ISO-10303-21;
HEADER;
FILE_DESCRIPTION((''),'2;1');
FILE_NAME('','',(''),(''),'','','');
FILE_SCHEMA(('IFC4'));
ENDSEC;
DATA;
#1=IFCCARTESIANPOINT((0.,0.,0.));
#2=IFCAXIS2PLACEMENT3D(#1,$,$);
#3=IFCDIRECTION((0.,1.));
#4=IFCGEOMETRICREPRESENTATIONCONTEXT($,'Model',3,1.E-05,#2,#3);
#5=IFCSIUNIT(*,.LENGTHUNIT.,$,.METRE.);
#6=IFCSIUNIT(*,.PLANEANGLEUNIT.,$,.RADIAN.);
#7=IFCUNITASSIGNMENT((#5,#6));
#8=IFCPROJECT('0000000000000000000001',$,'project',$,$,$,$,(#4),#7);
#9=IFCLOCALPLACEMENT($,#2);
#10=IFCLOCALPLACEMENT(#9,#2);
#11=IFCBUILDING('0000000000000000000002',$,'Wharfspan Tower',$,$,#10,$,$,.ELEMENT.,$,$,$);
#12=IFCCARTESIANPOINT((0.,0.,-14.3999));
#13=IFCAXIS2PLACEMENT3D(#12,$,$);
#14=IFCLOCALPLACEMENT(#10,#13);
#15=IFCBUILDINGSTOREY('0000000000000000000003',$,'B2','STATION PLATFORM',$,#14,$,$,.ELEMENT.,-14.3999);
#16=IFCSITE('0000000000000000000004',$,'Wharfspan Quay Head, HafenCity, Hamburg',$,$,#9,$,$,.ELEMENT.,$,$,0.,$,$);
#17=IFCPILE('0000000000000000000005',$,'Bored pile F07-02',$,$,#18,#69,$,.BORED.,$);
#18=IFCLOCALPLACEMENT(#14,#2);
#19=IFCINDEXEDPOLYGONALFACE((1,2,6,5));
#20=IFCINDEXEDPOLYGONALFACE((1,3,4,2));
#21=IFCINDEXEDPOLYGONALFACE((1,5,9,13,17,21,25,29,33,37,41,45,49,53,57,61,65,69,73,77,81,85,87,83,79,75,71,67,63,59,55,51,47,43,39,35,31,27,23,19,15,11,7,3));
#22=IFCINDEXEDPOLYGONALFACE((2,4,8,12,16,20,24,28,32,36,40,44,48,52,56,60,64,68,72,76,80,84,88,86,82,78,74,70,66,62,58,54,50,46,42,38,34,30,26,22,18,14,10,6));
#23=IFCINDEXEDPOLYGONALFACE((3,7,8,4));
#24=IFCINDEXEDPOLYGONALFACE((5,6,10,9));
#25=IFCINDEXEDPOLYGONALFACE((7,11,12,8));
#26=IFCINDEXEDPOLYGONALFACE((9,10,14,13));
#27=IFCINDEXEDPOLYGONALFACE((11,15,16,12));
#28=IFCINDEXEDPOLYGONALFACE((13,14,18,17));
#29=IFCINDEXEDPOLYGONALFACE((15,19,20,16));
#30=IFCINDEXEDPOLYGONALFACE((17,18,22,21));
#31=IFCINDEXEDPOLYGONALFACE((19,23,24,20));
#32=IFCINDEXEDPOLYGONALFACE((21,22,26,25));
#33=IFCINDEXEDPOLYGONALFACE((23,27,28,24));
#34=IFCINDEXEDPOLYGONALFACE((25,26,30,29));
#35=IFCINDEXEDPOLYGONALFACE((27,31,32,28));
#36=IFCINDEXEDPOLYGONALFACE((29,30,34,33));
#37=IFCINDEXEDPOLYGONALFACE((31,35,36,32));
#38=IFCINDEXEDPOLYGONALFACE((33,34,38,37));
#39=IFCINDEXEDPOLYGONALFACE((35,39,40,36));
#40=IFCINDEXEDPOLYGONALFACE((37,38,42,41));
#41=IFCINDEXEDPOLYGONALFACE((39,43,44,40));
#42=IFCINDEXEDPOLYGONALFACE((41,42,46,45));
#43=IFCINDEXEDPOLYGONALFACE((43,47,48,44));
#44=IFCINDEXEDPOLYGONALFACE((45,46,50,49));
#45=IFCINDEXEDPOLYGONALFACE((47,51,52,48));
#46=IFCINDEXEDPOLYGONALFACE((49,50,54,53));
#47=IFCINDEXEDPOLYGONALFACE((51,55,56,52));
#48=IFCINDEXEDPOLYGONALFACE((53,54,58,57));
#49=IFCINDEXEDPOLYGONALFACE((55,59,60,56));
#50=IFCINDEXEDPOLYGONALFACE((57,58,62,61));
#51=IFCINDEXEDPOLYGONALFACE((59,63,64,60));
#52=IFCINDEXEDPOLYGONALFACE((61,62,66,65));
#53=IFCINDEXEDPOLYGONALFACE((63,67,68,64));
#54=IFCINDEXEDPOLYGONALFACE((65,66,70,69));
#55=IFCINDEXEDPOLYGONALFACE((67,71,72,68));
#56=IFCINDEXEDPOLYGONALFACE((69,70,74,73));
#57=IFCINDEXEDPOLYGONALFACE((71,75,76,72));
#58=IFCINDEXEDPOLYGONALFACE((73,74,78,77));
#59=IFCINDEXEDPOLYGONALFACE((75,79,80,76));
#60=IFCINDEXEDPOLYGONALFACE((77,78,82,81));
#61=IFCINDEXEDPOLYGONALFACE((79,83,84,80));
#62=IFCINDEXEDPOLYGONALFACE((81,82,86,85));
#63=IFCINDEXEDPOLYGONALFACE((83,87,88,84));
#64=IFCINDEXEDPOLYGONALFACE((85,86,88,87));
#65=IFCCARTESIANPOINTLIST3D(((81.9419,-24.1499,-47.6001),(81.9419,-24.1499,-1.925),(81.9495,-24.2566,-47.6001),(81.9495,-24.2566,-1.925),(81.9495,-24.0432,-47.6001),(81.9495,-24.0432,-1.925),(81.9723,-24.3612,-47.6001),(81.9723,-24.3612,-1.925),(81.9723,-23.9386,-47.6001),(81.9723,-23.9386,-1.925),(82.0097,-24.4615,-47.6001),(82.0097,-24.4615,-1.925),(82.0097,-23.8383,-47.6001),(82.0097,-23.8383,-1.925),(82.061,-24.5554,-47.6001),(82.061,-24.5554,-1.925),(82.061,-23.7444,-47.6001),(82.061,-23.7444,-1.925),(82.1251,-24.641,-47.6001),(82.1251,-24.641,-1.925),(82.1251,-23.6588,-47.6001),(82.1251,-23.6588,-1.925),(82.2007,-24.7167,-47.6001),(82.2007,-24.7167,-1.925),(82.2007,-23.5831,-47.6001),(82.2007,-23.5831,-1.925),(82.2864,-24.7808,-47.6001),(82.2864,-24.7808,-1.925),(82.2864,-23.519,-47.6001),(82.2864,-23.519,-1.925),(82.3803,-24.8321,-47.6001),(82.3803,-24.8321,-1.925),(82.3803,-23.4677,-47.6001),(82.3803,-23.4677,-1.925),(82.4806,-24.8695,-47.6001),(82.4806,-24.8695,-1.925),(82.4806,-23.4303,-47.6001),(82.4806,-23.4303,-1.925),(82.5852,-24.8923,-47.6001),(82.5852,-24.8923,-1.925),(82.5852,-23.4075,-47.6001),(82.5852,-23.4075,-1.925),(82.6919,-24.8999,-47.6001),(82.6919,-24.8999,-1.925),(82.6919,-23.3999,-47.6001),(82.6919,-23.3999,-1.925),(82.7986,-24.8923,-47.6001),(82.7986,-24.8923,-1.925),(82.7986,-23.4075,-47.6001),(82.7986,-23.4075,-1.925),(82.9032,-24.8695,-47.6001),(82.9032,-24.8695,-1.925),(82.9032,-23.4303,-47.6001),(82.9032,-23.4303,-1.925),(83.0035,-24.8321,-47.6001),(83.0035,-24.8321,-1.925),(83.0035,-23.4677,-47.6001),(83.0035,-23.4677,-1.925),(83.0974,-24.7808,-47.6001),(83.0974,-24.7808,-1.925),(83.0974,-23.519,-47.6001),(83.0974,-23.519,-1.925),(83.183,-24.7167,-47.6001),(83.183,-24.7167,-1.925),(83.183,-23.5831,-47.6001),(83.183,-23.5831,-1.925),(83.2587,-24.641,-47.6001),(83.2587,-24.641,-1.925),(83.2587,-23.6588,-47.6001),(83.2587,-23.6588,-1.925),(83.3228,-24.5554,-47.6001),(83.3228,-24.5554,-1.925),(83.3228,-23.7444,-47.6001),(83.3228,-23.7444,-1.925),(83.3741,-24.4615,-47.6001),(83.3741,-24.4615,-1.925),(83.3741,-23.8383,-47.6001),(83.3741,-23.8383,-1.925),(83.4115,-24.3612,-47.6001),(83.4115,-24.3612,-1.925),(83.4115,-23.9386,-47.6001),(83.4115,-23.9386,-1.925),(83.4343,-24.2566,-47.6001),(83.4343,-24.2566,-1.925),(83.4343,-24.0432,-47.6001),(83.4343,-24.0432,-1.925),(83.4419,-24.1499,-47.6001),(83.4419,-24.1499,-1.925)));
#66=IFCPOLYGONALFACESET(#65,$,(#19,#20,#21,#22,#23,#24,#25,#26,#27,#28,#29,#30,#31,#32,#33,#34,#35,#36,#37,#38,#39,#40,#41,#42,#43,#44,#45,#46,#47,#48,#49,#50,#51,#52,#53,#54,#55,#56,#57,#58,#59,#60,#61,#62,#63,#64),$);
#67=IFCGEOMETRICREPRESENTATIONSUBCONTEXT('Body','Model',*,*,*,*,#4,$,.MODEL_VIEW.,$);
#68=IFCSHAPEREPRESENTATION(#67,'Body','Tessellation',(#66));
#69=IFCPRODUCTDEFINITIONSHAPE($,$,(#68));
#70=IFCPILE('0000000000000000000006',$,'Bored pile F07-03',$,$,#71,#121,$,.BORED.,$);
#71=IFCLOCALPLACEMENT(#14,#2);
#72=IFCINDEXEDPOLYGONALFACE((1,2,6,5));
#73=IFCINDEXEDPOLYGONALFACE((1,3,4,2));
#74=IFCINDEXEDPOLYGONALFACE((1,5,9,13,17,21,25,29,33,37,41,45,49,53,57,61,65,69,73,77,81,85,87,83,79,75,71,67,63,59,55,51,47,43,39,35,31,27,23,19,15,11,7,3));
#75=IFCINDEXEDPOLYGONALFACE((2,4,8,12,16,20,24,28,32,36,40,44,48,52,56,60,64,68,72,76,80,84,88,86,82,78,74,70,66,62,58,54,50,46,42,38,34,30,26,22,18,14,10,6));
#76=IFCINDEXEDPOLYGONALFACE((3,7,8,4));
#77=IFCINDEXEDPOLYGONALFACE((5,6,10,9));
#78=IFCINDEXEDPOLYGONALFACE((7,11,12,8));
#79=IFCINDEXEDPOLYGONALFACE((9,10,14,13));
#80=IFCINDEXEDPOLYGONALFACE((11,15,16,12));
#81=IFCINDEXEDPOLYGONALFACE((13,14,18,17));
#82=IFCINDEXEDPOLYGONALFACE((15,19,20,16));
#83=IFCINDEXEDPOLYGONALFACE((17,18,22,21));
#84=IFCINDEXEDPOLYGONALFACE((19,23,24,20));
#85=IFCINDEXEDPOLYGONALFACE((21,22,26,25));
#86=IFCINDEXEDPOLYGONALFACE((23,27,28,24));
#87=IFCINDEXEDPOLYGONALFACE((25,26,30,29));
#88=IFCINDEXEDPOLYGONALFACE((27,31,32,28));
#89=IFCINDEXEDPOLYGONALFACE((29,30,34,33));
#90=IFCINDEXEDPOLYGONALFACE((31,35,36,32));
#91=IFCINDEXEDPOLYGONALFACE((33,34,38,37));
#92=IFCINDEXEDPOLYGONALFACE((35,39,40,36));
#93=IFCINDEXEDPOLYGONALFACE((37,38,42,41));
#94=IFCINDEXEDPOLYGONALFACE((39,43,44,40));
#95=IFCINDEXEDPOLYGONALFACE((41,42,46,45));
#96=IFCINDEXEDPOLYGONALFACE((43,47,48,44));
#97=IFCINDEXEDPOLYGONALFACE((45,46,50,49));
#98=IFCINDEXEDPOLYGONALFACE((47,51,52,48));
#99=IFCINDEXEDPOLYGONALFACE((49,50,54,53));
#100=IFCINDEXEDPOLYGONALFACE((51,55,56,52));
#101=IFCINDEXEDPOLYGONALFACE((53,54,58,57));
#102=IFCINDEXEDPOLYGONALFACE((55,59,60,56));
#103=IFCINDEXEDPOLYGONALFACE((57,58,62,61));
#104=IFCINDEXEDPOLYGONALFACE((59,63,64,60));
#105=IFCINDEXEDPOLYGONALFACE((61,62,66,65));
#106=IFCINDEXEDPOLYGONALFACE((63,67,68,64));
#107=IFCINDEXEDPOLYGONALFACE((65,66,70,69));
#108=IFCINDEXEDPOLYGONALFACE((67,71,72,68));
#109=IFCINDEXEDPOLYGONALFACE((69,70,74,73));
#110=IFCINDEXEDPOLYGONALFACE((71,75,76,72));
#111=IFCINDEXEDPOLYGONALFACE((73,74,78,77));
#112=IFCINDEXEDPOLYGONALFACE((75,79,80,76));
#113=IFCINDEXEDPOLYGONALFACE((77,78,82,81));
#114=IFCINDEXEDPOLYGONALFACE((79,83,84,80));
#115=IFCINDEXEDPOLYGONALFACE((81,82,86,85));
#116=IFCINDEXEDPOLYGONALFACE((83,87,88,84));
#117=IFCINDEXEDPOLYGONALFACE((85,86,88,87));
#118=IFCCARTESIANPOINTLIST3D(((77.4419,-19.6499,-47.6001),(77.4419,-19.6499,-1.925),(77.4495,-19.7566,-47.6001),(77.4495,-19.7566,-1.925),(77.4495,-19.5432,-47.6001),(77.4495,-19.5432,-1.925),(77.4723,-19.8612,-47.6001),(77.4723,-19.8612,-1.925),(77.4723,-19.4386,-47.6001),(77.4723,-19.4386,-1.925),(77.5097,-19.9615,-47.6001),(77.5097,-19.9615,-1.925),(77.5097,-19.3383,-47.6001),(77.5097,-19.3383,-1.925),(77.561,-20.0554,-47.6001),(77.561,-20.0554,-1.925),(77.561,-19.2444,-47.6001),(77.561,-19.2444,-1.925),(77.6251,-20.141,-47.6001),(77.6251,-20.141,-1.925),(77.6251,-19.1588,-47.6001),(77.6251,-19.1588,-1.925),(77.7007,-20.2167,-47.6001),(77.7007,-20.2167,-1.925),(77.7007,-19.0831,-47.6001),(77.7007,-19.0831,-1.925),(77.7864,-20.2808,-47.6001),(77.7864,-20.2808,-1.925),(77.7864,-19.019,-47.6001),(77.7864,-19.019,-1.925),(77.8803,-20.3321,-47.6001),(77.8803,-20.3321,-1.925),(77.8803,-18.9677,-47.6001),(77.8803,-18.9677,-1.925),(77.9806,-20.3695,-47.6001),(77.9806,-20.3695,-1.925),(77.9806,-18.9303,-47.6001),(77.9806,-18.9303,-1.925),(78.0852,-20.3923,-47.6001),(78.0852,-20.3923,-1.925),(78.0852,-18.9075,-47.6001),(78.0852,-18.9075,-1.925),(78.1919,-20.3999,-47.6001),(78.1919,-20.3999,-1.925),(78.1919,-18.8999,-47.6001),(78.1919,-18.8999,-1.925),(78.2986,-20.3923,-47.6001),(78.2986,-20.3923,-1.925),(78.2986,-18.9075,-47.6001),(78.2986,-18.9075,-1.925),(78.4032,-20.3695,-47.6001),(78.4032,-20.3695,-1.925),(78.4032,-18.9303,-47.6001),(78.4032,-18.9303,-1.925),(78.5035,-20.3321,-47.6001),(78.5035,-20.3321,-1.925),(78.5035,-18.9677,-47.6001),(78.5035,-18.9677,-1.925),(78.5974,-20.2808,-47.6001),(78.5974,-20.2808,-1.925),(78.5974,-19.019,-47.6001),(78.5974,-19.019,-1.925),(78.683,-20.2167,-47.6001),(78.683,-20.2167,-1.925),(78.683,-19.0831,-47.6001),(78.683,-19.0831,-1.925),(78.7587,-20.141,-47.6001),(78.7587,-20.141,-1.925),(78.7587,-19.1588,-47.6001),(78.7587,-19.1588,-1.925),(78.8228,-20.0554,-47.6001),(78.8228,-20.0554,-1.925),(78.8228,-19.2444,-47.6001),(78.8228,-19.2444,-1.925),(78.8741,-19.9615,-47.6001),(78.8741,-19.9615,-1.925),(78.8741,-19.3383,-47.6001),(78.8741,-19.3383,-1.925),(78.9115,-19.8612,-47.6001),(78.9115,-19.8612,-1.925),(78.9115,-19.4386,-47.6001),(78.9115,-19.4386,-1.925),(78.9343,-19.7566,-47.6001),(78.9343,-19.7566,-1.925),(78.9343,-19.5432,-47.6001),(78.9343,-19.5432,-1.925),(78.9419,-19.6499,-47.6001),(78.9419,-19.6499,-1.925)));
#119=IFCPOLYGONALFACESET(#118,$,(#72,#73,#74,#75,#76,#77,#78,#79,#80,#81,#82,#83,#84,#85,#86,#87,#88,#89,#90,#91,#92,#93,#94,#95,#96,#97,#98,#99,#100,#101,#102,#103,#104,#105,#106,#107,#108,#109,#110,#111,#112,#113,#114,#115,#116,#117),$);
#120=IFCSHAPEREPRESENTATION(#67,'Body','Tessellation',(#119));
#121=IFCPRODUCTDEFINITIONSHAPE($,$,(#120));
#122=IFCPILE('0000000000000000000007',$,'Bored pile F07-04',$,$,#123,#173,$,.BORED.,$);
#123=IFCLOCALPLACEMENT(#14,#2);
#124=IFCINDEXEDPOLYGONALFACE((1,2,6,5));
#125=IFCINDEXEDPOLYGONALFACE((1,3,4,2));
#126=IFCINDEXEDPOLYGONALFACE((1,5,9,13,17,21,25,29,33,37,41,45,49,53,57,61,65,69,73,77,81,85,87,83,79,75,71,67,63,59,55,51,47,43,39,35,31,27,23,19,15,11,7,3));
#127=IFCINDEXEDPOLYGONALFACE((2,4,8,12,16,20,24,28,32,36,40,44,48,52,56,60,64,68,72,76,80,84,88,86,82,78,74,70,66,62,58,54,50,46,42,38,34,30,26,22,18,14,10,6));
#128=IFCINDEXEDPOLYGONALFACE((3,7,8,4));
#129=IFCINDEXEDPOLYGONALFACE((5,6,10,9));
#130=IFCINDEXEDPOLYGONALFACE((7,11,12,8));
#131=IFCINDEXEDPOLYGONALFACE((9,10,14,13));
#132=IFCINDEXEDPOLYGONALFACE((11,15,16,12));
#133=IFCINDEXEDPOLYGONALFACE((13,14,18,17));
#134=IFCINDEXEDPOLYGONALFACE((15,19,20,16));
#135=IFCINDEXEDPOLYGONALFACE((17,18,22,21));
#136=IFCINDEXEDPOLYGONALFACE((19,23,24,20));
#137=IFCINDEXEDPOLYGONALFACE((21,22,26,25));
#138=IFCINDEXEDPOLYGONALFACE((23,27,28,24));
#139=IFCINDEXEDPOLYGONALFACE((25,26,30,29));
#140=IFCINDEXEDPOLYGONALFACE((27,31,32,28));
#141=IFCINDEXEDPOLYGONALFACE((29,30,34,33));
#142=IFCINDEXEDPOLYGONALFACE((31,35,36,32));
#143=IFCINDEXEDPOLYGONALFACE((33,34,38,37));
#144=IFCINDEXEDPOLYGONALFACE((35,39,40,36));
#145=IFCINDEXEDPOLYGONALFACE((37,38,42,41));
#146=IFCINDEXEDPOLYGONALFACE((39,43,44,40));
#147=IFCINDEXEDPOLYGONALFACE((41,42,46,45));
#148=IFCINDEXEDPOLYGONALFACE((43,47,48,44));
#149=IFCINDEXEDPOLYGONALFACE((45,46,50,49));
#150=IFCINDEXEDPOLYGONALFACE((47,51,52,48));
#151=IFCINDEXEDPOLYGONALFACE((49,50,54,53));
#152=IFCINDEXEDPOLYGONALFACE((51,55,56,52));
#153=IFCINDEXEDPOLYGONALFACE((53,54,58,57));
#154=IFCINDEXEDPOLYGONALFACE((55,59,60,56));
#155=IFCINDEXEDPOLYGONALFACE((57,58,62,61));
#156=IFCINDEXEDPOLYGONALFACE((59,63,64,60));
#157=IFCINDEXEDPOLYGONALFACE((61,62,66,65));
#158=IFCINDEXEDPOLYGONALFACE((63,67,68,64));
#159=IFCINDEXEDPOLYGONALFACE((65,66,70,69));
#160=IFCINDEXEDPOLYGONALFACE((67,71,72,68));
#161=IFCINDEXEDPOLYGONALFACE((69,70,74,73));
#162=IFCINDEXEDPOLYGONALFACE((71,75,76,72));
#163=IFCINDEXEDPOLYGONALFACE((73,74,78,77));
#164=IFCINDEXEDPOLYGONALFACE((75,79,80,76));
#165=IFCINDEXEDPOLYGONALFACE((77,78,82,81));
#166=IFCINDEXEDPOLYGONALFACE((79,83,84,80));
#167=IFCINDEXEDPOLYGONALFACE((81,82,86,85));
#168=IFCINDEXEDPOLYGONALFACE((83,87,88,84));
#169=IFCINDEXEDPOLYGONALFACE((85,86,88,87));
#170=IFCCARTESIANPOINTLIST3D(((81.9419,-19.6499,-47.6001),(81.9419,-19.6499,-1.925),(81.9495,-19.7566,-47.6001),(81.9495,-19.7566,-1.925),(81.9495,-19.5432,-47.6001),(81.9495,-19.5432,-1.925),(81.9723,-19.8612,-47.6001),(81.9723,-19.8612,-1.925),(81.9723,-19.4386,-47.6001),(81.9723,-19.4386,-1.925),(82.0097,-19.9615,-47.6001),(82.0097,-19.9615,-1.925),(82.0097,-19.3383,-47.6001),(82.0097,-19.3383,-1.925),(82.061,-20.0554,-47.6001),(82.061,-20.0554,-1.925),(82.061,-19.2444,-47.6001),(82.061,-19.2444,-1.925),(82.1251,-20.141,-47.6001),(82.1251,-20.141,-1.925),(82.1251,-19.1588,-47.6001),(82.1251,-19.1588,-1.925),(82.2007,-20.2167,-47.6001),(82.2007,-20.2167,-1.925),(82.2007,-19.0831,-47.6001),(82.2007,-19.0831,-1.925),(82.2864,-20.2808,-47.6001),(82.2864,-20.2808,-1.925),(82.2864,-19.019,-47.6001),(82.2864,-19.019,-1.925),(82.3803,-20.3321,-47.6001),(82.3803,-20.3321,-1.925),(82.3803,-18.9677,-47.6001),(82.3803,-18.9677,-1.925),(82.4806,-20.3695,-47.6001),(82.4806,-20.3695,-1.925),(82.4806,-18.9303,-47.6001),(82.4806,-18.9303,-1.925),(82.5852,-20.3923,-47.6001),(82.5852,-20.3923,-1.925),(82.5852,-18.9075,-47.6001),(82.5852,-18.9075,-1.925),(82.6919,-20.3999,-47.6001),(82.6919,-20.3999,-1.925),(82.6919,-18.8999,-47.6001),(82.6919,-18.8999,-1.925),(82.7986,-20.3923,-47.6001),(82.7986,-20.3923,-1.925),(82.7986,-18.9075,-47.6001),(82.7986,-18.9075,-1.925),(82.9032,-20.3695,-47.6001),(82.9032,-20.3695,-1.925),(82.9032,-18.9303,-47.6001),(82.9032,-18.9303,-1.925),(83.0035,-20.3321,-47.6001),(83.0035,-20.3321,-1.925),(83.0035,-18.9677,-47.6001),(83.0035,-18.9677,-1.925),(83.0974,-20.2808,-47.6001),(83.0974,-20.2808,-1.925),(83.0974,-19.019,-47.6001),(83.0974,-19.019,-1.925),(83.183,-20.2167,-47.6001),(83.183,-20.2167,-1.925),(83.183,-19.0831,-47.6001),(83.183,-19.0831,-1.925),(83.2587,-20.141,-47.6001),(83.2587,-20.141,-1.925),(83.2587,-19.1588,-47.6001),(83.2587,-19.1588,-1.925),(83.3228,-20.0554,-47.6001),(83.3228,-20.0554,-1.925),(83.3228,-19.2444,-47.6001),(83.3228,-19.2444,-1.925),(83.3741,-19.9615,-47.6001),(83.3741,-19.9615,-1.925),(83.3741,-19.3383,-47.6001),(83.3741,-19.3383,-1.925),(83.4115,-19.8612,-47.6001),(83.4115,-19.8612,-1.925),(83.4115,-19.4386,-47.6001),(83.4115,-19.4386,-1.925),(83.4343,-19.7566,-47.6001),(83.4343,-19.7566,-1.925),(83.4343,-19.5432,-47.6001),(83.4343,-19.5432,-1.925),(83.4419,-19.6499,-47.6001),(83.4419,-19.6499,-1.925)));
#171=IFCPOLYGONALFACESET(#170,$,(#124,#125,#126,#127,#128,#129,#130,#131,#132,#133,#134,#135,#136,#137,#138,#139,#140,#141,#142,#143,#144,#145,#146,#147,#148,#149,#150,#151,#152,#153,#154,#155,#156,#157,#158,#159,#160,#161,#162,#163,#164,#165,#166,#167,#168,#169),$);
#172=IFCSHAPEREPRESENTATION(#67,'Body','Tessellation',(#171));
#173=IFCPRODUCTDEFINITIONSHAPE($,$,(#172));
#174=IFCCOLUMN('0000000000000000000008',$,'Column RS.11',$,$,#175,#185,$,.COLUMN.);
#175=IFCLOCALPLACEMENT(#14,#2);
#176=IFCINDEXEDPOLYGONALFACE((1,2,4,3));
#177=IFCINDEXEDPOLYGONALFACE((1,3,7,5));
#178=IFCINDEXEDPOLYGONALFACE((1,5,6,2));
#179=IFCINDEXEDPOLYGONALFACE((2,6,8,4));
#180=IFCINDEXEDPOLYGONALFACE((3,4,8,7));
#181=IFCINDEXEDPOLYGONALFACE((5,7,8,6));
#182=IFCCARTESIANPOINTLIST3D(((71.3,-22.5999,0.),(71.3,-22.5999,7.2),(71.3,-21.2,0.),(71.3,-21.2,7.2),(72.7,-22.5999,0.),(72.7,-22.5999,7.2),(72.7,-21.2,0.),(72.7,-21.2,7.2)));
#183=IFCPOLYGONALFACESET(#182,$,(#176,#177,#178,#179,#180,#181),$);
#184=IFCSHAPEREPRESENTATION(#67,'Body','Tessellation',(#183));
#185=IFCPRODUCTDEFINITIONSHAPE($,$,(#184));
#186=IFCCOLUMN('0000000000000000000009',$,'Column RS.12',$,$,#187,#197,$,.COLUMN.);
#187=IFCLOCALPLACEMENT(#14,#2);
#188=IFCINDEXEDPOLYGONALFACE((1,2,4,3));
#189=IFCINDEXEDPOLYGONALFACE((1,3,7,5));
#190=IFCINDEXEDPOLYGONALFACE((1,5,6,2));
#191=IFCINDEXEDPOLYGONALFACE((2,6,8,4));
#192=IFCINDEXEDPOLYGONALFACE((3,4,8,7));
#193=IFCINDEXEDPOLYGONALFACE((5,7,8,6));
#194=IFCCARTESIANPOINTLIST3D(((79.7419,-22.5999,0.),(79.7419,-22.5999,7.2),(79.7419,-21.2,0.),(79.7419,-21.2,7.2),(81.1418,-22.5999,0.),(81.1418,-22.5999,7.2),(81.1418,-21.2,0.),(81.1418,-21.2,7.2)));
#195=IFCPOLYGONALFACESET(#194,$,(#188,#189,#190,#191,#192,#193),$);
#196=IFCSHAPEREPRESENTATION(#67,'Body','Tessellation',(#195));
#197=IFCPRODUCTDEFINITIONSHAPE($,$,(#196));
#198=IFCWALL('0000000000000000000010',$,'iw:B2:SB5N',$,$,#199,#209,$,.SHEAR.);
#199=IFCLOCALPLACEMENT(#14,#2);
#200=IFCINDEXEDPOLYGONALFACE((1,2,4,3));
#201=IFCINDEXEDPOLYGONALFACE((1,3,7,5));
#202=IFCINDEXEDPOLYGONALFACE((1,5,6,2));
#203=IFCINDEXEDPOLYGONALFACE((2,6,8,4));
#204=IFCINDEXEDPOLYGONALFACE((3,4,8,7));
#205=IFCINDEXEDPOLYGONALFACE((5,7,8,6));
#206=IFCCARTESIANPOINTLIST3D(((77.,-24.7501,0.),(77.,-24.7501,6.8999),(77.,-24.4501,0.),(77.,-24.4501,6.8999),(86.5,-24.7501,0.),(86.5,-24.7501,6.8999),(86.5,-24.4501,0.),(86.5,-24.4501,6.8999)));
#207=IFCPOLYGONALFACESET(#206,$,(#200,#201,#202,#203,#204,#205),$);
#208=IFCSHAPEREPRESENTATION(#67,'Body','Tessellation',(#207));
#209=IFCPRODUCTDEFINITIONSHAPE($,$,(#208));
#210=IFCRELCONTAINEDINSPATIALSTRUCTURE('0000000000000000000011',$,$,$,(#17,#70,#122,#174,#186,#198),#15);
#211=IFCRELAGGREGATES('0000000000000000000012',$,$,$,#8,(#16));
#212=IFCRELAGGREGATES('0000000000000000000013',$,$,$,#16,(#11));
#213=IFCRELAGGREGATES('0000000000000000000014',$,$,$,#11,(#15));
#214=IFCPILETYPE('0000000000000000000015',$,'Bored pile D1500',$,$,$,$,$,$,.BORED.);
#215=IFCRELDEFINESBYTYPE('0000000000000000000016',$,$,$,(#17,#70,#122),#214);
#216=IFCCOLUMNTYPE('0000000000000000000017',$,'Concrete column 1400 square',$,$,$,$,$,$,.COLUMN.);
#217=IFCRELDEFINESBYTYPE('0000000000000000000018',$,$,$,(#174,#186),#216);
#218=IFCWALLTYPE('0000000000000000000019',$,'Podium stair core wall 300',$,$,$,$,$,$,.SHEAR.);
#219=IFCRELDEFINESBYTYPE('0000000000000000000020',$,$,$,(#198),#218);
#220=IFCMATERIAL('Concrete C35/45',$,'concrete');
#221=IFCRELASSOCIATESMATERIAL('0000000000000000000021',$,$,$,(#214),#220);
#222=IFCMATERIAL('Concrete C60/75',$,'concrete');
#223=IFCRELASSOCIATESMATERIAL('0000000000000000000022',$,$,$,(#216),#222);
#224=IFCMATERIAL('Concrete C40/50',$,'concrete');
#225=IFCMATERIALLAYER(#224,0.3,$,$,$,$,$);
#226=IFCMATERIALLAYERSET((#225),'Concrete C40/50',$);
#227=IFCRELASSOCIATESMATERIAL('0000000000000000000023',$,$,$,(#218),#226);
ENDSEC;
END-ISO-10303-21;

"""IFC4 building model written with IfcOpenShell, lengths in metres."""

from ifc_helpers import new_model, si_unit, direction, frame, frame_2d, origin, origin_2d, place, context, subcontext, project, spatial, rectangle, circle, extrude, material, layer, layer_set, material_profile, profile_set, type_object, element, save


model = new_model("IFC4")

# Units and contexts
model_context = context("Model", 3, precision=1e-05, world=origin(), true_north=direction((0.0, 1.0)))
body_context = subcontext(model_context, "Body", "Model", "MODEL_VIEW")
ifc_project = project(units=[si_unit("LENGTHUNIT", "METRE"), si_unit("PLANEANGLEUNIT", "RADIAN")], contexts=[model_context])

# Site, building, storey
site_placement = place(None, origin())
site = spatial("IfcSite", under=ifc_project, at=site_placement, Name="Wharfspan Quay Head, HafenCity, Hamburg", CompositionType="ELEMENT", RefElevation=0.0)
building_placement = place(site_placement, origin())
building = spatial("IfcBuilding", under=site, at=building_placement, Name="Wharfspan Tower", CompositionType="ELEMENT")
storey_placement = place(building_placement, frame((0.0, 0.0, -14.3999)))
storey = spatial("IfcBuildingStorey", under=building, at=storey_placement, Name="B2", Description="STATION PLATFORM", CompositionType="ELEMENT", Elevation=-14.3999)

# Piles
ifc_material_1 = material(Name="Concrete C35/45", Category="concrete")
ifc_material_profile_1 = material_profile(ifc_material_1, circle(Radius=0.75, at=origin_2d()))
ifc_profile_set_1 = profile_set([ifc_material_profile_1], Name="Concrete C35/45")
pile_type = type_object("IfcPileType", Name="Bored pile D1500", PredefinedType="BORED", material=ifc_profile_set_1)
for number, where, z_axis, x_axis, name in (
    (1, (82.6919, -24.1499, -1.925), (0.0, 0.0, -1.0), (1.0, 0.0, 0.0), "Bored pile F07-02"),
    (2, (78.1919, -19.6499, -1.925), (0.0, 0.0, -1.0), (1.0, 0.0, 0.0), "Bored pile F07-03"),
    (3, (82.6919, -19.6499, -1.925), (0.0, 0.0, -1.0), (1.0, 0.0, 0.0), "Bored pile F07-04"),
):
    element("IfcPile", number, at=place(storey_placement, frame(where, z_axis=z_axis, x_axis=x_axis)), inside=storey, type_object=pile_type, Name=name, PredefinedType="BORED", context=body_context, shape_type="SweptSolid", body=[
        extrude(circle(Radius=0.75, at=origin_2d()), origin(), (0.0, 0.0, 1.0), 45.675),
    ])

# Columns
ifc_material_2 = material(Name="Concrete C60/75", Category="concrete")
ifc_material_profile_2 = material_profile(ifc_material_2, rectangle(XDim=1.3999, YDim=1.3999, at=origin_2d()))
ifc_profile_set_2 = profile_set([ifc_material_profile_2], Name="Concrete C60/75")
column_type = type_object("IfcColumnType", Name="Concrete column 1400 square", PredefinedType="COLUMN", material=ifc_profile_set_2)
for number, where, z_axis, x_axis, name in (
    (4, (72.0, -21.8999, 0.0), (0.0, 0.0, 1.0), (1.0, 0.0, 0.0), "Column RS.11"),
    (5, (80.4419, -21.8999, 0.0), (0.0, 0.0, 1.0), (1.0, 0.0, 0.0), "Column RS.12"),
):
    element("IfcColumn", number, at=place(storey_placement, frame(where, z_axis=z_axis, x_axis=x_axis)), inside=storey, type_object=column_type, Name=name, PredefinedType="COLUMN", context=body_context, shape_type="SweptSolid", body=[
        extrude(rectangle(XDim=1.3999, YDim=1.3999, at=origin_2d()), origin(), (0.0, 0.0, 1.0), 7.2),
    ])

# Wall
ifc_material_3 = material(Name="Concrete C40/50", Category="concrete")
ifc_layer = layer(ifc_material_3, 0.3)
ifc_layer_set = layer_set([ifc_layer], Name="Concrete C40/50")
wall_type = type_object("IfcWallType", Name="Podium stair core wall 300", PredefinedType="SHEAR", material=ifc_layer_set)
wall_placement = place(storey_placement, frame((77.0, -24.6001, 0.0), z_axis=(0.0, 0.0, 1.0), x_axis=(1.0, 0.0, 0.0)))
element("IfcWall", 6, at=wall_placement, inside=storey, type_object=wall_type, Name="iw:B2:SB5N", PredefinedType="SHEAR", context=body_context, shape_type="SweptSolid", body=[
    extrude(rectangle(XDim=9.5, YDim=0.3, at=frame_2d((4.75, 0.0))), origin(), (0.0, 0.0, 1.0), 6.8999),
])

save(model, "model.ifc")
